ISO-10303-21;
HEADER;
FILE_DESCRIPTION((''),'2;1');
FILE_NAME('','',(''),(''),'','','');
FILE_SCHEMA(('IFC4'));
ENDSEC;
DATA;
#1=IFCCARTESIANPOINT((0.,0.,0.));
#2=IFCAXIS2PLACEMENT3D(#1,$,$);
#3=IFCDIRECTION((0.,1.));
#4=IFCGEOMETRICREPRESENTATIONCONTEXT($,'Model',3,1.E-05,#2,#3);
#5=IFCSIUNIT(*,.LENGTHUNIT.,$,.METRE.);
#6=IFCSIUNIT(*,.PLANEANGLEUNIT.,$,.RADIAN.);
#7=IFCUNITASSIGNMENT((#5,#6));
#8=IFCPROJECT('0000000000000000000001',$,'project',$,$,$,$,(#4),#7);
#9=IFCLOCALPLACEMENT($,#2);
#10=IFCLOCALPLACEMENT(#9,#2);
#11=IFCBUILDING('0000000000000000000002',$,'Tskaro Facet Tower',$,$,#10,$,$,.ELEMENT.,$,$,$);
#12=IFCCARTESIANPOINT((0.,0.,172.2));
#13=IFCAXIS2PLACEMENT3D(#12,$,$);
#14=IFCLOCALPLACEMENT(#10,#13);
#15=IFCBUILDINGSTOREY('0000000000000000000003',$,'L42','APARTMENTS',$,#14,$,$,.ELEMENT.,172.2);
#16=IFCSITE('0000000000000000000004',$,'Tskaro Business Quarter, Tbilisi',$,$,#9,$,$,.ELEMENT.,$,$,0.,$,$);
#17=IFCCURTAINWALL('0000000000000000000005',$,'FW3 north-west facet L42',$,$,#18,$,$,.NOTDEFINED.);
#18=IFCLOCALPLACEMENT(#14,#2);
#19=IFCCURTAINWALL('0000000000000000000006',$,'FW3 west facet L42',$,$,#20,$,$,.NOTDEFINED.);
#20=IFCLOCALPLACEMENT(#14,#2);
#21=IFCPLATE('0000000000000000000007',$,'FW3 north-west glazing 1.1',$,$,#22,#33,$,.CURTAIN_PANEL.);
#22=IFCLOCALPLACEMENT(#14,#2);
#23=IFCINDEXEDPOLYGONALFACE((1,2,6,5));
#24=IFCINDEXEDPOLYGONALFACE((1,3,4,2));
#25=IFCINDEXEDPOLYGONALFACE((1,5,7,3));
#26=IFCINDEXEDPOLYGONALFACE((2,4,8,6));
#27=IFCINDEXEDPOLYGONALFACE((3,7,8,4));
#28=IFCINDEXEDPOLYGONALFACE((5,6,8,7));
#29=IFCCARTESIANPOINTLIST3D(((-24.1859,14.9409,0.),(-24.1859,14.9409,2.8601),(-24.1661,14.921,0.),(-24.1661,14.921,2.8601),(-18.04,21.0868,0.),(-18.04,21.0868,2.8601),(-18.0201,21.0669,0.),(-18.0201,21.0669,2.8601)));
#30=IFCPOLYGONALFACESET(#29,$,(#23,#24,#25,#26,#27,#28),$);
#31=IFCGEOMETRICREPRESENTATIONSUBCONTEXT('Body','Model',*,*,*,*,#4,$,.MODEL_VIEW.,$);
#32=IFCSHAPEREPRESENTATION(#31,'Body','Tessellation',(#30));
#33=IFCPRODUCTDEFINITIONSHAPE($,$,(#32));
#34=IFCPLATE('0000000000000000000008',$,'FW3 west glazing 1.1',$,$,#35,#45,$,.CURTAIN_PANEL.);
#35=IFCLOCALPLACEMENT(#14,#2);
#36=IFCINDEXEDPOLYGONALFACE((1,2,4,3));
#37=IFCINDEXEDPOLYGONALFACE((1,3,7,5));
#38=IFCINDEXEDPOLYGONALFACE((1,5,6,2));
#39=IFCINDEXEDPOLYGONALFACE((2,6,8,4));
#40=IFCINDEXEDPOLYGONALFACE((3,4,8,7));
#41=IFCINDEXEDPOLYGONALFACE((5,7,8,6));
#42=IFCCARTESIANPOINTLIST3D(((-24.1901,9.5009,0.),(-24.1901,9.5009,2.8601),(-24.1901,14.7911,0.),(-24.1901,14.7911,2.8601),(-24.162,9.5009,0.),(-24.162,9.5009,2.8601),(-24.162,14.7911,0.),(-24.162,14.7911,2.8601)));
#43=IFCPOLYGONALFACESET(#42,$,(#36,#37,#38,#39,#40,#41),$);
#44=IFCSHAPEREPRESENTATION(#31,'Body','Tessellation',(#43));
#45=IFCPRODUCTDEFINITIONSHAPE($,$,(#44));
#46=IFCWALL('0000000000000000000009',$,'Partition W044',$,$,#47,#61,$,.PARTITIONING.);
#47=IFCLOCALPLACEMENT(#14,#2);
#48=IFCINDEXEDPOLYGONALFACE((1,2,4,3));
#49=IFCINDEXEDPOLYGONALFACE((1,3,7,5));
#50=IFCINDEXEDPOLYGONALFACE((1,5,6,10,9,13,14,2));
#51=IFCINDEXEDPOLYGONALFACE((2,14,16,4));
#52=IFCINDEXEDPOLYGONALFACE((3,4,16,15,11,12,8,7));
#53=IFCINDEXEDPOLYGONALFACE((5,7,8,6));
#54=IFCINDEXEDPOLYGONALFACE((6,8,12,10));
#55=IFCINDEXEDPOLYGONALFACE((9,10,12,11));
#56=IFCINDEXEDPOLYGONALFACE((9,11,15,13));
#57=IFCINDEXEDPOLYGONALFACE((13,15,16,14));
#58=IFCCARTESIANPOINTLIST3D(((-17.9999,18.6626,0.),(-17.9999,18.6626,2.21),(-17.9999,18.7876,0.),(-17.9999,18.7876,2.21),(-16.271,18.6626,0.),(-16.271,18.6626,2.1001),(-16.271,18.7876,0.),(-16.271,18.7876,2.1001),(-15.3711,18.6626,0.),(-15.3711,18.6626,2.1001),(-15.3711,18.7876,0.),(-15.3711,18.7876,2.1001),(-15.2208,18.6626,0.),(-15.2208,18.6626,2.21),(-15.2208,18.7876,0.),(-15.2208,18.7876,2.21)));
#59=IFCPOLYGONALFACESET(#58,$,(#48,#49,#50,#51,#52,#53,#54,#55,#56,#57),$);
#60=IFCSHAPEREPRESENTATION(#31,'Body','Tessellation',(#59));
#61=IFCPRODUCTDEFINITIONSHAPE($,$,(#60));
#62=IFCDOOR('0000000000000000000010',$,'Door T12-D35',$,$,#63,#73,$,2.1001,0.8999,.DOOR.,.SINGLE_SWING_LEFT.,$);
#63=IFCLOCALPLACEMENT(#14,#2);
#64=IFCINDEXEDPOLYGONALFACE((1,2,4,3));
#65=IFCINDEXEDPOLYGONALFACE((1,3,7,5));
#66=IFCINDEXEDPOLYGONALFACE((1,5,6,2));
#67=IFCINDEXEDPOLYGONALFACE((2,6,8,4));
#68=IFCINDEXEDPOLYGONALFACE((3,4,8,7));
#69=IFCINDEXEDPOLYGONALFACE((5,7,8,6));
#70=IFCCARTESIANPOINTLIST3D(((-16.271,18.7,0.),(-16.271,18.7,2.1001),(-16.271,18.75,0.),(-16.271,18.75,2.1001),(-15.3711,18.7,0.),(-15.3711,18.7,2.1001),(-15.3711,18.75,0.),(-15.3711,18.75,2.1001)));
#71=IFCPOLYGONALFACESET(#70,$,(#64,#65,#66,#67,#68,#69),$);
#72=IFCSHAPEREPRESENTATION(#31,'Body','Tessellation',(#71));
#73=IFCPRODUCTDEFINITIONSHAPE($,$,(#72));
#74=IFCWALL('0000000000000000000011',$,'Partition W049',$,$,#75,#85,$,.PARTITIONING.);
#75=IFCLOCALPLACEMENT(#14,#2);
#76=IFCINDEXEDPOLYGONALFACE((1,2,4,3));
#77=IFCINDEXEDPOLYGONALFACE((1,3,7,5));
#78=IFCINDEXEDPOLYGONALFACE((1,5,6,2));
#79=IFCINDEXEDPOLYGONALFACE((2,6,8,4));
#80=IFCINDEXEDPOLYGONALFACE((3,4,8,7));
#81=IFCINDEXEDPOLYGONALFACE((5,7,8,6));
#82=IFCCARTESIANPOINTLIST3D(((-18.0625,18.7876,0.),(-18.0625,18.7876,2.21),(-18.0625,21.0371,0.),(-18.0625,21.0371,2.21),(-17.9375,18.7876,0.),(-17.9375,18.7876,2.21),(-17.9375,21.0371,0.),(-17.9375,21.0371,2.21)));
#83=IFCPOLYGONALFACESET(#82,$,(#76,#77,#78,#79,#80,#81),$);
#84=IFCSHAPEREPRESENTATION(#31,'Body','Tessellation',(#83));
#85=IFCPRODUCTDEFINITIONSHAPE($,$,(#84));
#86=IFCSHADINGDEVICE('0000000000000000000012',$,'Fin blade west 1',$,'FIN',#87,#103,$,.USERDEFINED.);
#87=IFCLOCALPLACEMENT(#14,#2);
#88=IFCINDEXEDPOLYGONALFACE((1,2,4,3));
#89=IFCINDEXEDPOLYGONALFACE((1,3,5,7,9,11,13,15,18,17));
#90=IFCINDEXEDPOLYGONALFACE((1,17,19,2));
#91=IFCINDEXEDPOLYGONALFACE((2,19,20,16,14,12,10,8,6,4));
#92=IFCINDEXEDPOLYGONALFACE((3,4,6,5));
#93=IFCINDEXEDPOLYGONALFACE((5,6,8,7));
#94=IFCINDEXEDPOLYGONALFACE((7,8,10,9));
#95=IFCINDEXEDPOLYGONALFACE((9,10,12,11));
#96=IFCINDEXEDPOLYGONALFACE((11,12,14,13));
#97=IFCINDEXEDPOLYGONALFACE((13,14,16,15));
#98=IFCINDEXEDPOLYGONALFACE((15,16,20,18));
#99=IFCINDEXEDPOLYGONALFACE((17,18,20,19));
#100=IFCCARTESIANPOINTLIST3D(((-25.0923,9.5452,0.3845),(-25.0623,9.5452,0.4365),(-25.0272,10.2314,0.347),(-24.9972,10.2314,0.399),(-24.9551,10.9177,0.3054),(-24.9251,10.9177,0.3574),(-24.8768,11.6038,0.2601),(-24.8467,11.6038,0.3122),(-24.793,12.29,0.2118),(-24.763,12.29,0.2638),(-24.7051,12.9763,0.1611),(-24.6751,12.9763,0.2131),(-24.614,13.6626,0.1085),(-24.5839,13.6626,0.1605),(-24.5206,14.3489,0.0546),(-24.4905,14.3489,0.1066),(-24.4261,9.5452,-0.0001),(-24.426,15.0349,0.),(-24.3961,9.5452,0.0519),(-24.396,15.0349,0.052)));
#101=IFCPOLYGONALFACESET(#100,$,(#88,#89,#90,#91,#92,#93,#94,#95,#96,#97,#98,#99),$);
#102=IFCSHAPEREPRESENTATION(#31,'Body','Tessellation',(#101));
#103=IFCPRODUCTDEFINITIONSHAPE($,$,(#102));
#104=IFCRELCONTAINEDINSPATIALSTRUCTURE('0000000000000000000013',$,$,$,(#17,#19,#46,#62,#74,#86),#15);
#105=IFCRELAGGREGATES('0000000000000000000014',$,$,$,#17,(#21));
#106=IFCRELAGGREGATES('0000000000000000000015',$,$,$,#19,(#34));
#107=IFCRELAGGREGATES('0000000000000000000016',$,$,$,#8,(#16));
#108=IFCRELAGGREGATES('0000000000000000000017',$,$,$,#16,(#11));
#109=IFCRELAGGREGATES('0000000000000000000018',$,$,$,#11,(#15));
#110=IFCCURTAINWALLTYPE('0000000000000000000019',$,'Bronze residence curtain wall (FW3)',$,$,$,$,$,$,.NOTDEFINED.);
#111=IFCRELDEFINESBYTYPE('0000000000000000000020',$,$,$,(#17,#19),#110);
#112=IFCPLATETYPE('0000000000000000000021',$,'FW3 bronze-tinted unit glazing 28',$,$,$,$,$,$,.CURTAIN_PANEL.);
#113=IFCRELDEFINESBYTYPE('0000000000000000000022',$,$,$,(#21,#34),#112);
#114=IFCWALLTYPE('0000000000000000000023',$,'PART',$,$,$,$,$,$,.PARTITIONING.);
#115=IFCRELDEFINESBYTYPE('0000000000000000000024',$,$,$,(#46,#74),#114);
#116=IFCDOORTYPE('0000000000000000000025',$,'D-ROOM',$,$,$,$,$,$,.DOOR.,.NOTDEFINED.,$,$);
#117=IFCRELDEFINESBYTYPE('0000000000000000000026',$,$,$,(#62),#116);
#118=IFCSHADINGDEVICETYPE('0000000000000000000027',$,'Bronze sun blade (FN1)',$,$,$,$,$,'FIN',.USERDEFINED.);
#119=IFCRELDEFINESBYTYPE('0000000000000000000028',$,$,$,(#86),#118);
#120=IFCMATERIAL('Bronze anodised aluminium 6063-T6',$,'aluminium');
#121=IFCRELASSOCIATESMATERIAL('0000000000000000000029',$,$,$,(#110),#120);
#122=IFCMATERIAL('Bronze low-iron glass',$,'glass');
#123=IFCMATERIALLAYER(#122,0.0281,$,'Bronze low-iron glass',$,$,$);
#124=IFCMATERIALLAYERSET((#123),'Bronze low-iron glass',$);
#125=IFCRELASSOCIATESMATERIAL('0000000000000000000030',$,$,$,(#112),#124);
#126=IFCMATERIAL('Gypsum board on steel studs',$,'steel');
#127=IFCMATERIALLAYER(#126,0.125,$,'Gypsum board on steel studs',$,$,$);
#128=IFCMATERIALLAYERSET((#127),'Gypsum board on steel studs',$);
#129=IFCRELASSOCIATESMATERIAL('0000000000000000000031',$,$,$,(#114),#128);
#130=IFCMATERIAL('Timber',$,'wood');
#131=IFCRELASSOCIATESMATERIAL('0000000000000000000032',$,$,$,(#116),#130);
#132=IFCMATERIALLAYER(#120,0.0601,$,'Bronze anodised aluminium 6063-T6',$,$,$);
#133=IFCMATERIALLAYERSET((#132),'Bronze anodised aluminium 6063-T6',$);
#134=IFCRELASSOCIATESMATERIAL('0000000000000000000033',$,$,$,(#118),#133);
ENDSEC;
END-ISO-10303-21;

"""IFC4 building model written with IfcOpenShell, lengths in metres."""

from ifc_helpers import new_model, si_unit, direction, frame, frame_2d, origin, origin_2d, place, context, subcontext, project, spatial, polyline, rectangle, outline, extrude, material, layer, layer_set, type_object, element, fill, aggregate, save


model = new_model("IFC4")

# Units and contexts
model_context = context("Model", 3, precision=1e-05, world=origin(), true_north=direction((0.0, 1.0)))
body_context = subcontext(model_context, "Body", "Model", "MODEL_VIEW")
ifc_project = project(units=[si_unit("LENGTHUNIT", "METRE"), si_unit("PLANEANGLEUNIT", "RADIAN")], contexts=[model_context])

# Site, building, storey
site_placement = place(None, origin())
site = spatial("IfcSite", under=ifc_project, at=site_placement, Name="Tskaro Business Quarter, Tbilisi", CompositionType="ELEMENT", RefElevation=0.0)
building_placement = place(site_placement, origin())
building = spatial("IfcBuilding", under=site, at=building_placement, Name="Tskaro Facet Tower", CompositionType="ELEMENT")
storey_placement = place(building_placement, frame((0.0, 0.0, 172.2)))
storey = spatial("IfcBuildingStorey", under=building, at=storey_placement, Name="L42", Description="APARTMENTS", CompositionType="ELEMENT", Elevation=172.2)

# Curtain walls
ifc_material_1 = material(Name="Bronze anodised aluminium 6063-T6", Category="aluminium")
curtain_wall_type = type_object("IfcCurtainWallType", Name="Bronze residence curtain wall (FW3)", PredefinedType="NOTDEFINED", material=ifc_material_1)
curtain_wall_1_placement = place(storey_placement, origin())
curtain_wall_1 = element("IfcCurtainWall", 1, at=curtain_wall_1_placement, inside=storey, type_object=curtain_wall_type, Name="FW3 north-west facet L42", PredefinedType="NOTDEFINED")
curtain_wall_2_placement = place(storey_placement, origin())
curtain_wall_2 = element("IfcCurtainWall", 2, at=curtain_wall_2_placement, inside=storey, type_object=curtain_wall_type, Name="FW3 west facet L42", PredefinedType="NOTDEFINED")

# Shared definitions
ifc_material_2 = material(Name="Bronze low-iron glass", Category="glass")
ifc_layer_1 = layer(ifc_material_2, 0.0281, Name="Bronze low-iron glass")
ifc_layer_set_1 = layer_set([ifc_layer_1], Name="Bronze low-iron glass")
plate_type = type_object("IfcPlateType", Name="FW3 bronze-tinted unit glazing 28", PredefinedType="CURTAIN_PANEL", material=ifc_layer_set_1)

# Plates
plate_1_placement = place(storey_placement, frame((-21.103, 18.0039, 0.0), z_axis=(0.0, 0.0, 1.0), x_axis=(-0.707107, -0.707107, 0.0)))
plate_1 = element("IfcPlate", 3, at=plate_1_placement, type_object=plate_type, Name="FW3 north-west glazing 1.1", PredefinedType="CURTAIN_PANEL", context=body_context, shape_type="SweptSolid", body=[
    extrude(rectangle(XDim=8.6917, YDim=0.0281, at=origin_2d()), origin(), (0.0, 0.0, 1.0), 2.8601),
])
aggregate(curtain_wall_1, [plate_1])
plate_2_placement = place(storey_placement, frame((-24.176, 12.146, 0.0), z_axis=(0.0, 0.0, 1.0), x_axis=(0.0, -1.0, 0.0)))
plate_2 = element("IfcPlate", 4, at=plate_2_placement, type_object=plate_type, Name="FW3 west glazing 1.1", PredefinedType="CURTAIN_PANEL", context=body_context, shape_type="SweptSolid", body=[
    extrude(rectangle(XDim=5.2903, YDim=0.0281, at=origin_2d()), origin(), (0.0, 0.0, 1.0), 2.8601),
])
aggregate(curtain_wall_2, [plate_2])

# Wall, opening, door
ifc_material_3 = material(Name="Gypsum board on steel studs", Category="steel")
ifc_layer_2 = layer(ifc_material_3, 0.125, Name="Gypsum board on steel studs")
ifc_layer_set_2 = layer_set([ifc_layer_2], Name="Gypsum board on steel studs")
wall_type = type_object("IfcWallType", Name="PART", PredefinedType="PARTITIONING", material=ifc_layer_set_2)
wall_1_placement = place(storey_placement, frame((-18.0, 18.7251, 0.0), z_axis=(0.0, 0.0, 1.0), x_axis=(1.0, 0.0, 0.0)))
wall_1 = element("IfcWall", 5, at=wall_1_placement, inside=storey, type_object=wall_type, Name="Partition W044", PredefinedType="PARTITIONING", context=body_context, shape_type="SweptSolid", body=[
    extrude(rectangle(XDim=2.7791, YDim=0.125, at=frame_2d((1.3896, 0.0))), origin(), (0.0, 0.0, 1.0), 2.21),
])
opening_placement = place(wall_1_placement, frame((1.729, 0.0, 0.0)))
opening = element("IfcOpeningElement", 6, at=opening_placement, cuts=wall_1, PredefinedType="OPENING", context=body_context, shape_type="SweptSolid", body=[
    extrude(rectangle(XDim=0.8999, YDim=2.1001, at=frame_2d((0.45, 1.05))), frame((0.0, 0.0725, 0.0), z_axis=(0.0, -1.0, 0.0), x_axis=(1.0, 0.0, 0.0)), (0.0, 0.0, 1.0), 0.145),
])
ifc_material_4 = material(Name="Timber", Category="wood")
door_type = type_object("IfcDoorType", Name="D-ROOM", OperationType="NOTDEFINED", PredefinedType="DOOR", material=ifc_material_4)
door_placement = place(opening_placement, origin())
door = element("IfcDoor", 7, at=door_placement, inside=storey, type_object=door_type, Name="Door T12-D35", OperationType="SINGLE_SWING_LEFT", OverallHeight=2.1001, OverallWidth=0.8999, PredefinedType="DOOR", context=body_context, shape_type="SweptSolid", body=[
    extrude(rectangle(XDim=0.8999, YDim=2.1001, at=frame_2d((0.45, 1.05))), frame((0.0, 0.0249, 0.0), z_axis=(0.0, -1.0, 0.0), x_axis=(1.0, 0.0, 0.0)), (0.0, 0.0, 1.0), 0.05),
])
fill(opening, door)

# Wall
wall_2_placement = place(storey_placement, frame((-18.0, 18.7876, 0.0), z_axis=(0.0, 0.0, 1.0), x_axis=(0.0, 1.0, 0.0)))
element("IfcWall", 8, at=wall_2_placement, inside=storey, type_object=wall_type, Name="Partition W049", PredefinedType="PARTITIONING", context=body_context, shape_type="SweptSolid", body=[
    extrude(rectangle(XDim=2.2495, YDim=0.125, at=frame_2d((1.1248, 0.0))), origin(), (0.0, 0.0, 1.0), 2.21),
])

# Shading device
ifc_layer_3 = layer(ifc_material_1, 0.0601, Name="Bronze anodised aluminium 6063-T6")
ifc_layer_set_3 = layer_set([ifc_layer_3], Name="Bronze anodised aluminium 6063-T6")
shading_device_type = type_object("IfcShadingDeviceType", Name="Bronze sun blade (FN1)", ElementType="FIN", PredefinedType="USERDEFINED", material=ifc_layer_set_3)
shading_device_placement = place(storey_placement, frame((-24.396, 15.0349, 0.052), z_axis=(0.500039, -0.000028, 0.866003), x_axis=(-0.000014, -1.0, -0.000024)))
element("IfcShadingDevice", 9, at=shading_device_placement, inside=storey, type_object=shading_device_type, Name="Fin blade west 1", ObjectType="FIN", PredefinedType="USERDEFINED", context=body_context, shape_type="SweptSolid", body=[
    extrude(outline(polyline([(0.0, 0.0), (5.4897, 0.0), (5.4897, -0.7693), (4.8035, -0.6941), (4.1172, -0.6109), (3.4312, -0.5204), (2.7449, -0.4237), (2.0586, -0.3222), (1.3723, -0.217), (0.686, -0.1092), (0.0, 0.0)])), origin(), (0.0, 0.0, -1.0), 0.0601),
])

save(model, "model.ifc")
